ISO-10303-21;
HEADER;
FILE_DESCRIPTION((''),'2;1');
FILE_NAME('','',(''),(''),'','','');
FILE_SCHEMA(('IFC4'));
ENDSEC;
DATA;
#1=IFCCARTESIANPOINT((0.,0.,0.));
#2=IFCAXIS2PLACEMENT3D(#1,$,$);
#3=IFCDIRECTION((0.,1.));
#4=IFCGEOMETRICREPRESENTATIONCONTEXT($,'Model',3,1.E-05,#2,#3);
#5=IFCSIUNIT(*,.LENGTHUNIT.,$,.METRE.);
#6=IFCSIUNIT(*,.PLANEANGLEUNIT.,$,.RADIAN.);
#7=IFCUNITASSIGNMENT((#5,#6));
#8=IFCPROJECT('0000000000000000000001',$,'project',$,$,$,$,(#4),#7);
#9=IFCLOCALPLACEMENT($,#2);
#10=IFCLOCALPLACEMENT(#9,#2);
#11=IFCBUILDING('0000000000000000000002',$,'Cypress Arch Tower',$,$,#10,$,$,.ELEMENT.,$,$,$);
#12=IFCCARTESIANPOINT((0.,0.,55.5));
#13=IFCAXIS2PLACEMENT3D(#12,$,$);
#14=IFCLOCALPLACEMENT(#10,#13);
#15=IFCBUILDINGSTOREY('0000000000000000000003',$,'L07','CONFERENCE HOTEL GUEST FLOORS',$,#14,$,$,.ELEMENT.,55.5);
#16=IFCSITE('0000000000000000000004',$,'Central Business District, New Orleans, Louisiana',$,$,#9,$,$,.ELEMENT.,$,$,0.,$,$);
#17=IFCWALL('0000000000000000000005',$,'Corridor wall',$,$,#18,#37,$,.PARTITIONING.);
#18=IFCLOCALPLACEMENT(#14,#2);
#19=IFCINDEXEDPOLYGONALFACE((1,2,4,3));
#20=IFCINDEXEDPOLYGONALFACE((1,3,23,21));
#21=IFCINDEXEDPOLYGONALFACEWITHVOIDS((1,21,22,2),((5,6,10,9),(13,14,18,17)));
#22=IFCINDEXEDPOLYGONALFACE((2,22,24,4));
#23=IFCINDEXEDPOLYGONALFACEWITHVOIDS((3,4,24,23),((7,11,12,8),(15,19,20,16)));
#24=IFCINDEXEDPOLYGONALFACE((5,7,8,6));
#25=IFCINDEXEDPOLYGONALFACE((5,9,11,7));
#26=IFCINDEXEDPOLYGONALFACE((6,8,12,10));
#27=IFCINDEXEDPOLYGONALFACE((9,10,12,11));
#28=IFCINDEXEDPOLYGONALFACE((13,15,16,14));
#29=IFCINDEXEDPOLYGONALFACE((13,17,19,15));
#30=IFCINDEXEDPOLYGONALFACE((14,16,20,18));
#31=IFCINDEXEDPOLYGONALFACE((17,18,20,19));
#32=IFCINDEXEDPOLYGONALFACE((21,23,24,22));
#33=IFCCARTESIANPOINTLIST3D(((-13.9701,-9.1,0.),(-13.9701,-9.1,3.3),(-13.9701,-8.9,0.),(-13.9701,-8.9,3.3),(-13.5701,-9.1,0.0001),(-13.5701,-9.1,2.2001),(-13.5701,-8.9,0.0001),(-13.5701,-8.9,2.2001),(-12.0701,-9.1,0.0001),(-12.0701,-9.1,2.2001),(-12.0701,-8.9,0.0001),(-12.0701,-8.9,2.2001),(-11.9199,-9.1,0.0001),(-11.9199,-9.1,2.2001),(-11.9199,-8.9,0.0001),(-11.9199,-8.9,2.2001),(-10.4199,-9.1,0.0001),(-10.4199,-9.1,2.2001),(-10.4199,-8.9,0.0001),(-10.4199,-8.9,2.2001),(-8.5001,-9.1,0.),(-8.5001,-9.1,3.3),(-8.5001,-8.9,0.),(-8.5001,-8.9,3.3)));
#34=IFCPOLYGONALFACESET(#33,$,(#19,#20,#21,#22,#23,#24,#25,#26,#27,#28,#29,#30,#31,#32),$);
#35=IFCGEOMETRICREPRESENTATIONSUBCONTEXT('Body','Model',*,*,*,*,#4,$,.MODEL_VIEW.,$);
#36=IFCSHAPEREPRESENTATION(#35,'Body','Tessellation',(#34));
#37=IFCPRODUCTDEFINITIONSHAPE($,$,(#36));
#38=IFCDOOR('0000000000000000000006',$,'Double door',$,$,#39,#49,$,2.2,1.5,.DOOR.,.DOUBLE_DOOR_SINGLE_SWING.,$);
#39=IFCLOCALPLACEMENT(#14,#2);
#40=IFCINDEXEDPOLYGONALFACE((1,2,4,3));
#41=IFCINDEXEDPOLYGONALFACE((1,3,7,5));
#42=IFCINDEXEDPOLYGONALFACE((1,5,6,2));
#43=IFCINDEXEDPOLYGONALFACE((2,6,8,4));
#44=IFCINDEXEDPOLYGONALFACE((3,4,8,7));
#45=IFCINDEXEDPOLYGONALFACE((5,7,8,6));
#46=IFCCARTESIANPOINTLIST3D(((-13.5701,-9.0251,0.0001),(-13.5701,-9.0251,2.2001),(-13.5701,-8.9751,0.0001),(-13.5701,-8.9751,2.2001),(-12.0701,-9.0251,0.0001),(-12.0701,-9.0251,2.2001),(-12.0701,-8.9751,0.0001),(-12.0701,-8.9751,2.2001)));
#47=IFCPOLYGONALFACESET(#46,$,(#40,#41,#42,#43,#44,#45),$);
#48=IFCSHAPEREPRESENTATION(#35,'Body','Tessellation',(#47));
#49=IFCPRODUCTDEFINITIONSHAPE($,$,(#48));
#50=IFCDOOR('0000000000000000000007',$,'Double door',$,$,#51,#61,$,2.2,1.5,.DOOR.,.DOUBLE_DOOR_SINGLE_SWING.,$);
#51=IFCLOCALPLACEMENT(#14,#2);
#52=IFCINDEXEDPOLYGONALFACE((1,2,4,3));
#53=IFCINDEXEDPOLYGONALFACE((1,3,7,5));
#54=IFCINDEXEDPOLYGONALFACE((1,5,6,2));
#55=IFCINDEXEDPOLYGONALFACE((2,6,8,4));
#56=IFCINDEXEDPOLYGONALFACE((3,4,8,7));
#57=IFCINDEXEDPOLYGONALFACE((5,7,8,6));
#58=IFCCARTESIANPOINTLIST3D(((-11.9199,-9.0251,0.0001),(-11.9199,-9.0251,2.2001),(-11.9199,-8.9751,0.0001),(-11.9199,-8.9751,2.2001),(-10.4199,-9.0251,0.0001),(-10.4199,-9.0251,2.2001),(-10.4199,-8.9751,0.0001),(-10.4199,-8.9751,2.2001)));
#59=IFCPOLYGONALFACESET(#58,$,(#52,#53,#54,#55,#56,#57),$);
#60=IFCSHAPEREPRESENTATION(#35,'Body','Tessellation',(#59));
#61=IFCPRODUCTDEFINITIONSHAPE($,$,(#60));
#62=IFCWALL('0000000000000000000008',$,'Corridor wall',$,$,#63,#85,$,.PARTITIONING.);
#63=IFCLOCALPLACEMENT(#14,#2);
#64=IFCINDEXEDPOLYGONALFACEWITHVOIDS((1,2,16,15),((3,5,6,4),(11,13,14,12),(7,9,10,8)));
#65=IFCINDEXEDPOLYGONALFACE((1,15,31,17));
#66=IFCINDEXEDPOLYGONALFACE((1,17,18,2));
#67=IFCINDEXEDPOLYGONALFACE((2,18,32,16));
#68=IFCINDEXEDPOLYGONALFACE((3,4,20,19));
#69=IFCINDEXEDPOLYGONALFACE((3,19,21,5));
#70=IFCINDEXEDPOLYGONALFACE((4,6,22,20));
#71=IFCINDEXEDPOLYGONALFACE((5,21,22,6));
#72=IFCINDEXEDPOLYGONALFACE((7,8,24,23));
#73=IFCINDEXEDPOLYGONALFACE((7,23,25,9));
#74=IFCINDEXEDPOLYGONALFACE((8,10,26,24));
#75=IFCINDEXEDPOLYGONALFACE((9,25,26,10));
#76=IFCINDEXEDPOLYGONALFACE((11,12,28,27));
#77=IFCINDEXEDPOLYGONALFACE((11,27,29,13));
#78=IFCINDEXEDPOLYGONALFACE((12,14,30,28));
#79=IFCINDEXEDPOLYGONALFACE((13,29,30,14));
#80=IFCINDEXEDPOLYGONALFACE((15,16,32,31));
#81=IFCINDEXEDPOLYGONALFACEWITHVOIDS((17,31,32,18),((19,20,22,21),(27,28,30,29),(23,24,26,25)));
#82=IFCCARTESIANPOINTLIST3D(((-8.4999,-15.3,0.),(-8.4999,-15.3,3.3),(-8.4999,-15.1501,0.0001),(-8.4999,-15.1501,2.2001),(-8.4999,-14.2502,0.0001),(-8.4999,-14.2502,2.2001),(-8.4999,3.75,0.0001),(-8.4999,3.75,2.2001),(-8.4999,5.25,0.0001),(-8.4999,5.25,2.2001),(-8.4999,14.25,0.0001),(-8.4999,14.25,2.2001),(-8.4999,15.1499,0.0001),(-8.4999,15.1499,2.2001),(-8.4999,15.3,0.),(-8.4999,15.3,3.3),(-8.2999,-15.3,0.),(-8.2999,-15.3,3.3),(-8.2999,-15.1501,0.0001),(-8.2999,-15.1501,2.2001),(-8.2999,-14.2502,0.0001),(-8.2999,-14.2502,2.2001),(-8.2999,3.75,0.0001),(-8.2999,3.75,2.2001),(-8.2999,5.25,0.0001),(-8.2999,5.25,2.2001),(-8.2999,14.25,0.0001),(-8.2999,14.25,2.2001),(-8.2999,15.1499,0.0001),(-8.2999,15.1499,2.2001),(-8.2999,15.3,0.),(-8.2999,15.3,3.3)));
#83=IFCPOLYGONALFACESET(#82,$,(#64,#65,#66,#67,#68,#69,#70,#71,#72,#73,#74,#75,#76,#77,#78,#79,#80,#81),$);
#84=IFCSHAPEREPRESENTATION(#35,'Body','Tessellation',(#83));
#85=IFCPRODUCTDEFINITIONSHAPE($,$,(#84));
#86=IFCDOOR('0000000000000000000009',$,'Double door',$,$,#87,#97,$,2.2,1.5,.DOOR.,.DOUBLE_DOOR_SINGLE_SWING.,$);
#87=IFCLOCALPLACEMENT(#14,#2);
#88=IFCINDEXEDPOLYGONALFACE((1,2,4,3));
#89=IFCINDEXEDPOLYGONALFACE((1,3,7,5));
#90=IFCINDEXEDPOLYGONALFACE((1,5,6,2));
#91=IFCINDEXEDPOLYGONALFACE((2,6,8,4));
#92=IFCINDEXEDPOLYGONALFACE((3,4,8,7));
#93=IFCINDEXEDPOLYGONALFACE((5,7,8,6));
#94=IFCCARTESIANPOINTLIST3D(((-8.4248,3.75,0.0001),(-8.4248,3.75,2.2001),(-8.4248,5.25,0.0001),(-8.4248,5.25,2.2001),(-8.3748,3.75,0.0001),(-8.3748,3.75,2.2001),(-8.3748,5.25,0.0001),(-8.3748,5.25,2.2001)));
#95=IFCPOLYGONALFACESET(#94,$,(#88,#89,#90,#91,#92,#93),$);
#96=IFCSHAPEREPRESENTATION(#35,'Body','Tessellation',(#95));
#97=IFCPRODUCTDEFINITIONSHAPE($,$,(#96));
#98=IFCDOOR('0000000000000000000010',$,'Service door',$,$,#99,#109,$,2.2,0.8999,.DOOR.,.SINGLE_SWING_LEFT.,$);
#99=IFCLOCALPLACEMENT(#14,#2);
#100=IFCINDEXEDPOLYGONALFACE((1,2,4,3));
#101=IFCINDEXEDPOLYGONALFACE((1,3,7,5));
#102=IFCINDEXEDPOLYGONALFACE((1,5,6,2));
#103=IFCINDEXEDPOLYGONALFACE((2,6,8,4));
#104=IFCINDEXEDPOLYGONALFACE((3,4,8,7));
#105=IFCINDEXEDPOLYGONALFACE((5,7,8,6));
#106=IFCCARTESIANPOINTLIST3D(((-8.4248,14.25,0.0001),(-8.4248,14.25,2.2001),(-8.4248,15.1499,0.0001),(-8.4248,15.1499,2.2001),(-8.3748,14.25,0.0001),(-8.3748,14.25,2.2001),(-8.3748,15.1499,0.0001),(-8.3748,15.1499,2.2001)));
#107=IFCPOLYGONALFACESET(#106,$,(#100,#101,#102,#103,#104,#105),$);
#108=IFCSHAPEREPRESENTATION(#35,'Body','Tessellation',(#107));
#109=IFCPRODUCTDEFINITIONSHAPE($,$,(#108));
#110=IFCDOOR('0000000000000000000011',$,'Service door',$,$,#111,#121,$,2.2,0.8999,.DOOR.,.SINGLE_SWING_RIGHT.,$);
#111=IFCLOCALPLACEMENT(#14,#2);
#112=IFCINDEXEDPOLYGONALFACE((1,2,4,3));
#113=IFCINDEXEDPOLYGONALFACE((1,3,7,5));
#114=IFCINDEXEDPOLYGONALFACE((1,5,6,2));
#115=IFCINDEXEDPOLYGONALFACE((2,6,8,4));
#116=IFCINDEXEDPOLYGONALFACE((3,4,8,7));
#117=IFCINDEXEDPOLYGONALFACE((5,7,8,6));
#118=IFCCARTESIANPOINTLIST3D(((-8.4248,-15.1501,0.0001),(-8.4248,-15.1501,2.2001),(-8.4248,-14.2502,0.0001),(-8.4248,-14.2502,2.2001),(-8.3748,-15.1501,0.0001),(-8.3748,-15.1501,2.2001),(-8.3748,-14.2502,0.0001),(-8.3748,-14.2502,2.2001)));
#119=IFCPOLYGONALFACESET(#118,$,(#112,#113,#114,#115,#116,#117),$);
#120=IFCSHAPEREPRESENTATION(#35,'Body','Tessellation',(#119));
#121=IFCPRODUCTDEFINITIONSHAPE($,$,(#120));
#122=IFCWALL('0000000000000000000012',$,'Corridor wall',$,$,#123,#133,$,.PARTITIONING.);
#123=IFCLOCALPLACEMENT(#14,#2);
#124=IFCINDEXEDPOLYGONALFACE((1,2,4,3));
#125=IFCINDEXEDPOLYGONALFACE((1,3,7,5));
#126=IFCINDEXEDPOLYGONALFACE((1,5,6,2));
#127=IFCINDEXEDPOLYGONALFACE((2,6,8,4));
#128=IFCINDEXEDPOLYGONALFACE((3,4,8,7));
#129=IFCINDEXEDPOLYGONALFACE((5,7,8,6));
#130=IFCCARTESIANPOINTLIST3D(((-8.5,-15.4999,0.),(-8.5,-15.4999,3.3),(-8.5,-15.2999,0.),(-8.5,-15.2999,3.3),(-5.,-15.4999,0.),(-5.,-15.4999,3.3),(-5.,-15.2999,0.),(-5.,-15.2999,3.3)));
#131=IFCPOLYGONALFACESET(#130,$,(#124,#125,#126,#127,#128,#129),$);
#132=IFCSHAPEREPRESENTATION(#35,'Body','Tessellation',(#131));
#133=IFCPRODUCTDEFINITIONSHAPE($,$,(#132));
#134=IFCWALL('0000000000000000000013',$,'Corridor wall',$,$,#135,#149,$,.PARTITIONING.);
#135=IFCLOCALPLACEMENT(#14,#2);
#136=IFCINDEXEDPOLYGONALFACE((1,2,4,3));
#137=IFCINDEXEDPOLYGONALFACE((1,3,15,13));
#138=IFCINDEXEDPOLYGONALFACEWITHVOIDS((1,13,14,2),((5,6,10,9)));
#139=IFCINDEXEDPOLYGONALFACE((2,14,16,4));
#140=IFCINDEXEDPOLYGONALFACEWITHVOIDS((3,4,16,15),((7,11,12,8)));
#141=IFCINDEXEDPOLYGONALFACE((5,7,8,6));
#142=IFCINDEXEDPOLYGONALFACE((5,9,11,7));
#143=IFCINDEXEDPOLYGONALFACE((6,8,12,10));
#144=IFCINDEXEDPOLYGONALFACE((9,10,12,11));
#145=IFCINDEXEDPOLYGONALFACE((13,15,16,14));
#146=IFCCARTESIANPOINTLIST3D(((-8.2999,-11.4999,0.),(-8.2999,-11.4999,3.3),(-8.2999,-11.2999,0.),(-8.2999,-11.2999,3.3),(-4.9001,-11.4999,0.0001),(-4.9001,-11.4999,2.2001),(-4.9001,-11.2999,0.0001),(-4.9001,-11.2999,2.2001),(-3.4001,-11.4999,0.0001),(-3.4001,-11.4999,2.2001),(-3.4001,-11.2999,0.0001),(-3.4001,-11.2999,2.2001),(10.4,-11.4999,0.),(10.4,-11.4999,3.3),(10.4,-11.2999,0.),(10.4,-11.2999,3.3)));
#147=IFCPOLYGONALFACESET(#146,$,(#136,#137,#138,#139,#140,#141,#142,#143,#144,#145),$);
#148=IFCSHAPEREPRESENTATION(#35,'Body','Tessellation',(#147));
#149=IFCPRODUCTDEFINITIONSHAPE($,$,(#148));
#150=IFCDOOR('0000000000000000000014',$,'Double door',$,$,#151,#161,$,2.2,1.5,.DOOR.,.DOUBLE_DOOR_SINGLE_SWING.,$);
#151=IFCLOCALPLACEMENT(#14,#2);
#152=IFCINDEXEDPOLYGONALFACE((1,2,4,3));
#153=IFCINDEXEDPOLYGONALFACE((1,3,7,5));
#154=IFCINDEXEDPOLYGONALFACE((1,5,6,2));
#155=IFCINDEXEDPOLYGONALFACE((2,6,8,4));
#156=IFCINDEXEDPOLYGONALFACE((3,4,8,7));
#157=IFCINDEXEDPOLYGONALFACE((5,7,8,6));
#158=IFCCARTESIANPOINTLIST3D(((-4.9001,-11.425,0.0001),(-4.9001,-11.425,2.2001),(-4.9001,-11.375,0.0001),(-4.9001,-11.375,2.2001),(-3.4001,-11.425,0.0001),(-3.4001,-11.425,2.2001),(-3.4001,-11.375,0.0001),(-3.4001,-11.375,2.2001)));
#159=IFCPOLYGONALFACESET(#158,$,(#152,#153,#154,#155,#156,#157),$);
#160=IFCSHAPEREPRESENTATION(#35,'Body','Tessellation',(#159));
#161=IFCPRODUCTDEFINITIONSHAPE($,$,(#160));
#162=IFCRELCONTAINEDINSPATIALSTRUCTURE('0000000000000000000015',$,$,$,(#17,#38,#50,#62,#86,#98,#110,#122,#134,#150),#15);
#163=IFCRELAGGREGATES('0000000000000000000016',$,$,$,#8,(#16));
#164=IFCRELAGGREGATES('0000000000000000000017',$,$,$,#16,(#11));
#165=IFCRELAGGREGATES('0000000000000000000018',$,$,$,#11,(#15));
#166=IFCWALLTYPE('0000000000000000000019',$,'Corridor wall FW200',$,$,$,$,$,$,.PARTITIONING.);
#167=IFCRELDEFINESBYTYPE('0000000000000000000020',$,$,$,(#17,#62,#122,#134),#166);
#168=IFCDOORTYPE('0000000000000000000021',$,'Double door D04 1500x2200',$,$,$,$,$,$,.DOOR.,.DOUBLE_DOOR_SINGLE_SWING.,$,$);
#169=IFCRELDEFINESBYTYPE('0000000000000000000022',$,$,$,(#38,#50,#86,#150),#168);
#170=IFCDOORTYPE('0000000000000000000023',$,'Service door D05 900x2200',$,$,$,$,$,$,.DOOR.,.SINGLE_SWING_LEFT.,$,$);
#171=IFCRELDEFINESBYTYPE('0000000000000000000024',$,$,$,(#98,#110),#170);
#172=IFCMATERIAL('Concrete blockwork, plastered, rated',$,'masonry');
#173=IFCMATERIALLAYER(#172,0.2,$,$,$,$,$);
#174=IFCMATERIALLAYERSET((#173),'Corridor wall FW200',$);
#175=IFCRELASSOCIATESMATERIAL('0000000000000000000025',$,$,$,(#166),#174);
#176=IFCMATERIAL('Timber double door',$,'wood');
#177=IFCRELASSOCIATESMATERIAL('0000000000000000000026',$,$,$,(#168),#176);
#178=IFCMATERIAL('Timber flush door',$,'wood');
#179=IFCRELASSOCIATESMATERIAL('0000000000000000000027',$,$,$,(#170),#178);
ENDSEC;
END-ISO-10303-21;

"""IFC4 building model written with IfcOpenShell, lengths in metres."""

from ifc_helpers import new_model, si_unit, direction, frame, frame_2d, origin, place, context, subcontext, project, spatial, rectangle, extrude, material, layer, layer_set, type_object, element, fill, save


model = new_model("IFC4")

# Units and contexts
model_context = context("Model", 3, precision=1e-05, world=origin(), true_north=direction((0.0, 1.0)))
body_context = subcontext(model_context, "Body", "Model", "MODEL_VIEW")
ifc_project = project(units=[si_unit("LENGTHUNIT", "METRE"), si_unit("PLANEANGLEUNIT", "RADIAN")], contexts=[model_context])

# Site, building, storey
site_placement = place(None, origin())
site = spatial("IfcSite", under=ifc_project, at=site_placement, Name="Central Business District, New Orleans, Louisiana", CompositionType="ELEMENT", RefElevation=0.0)
building_placement = place(site_placement, origin())
building = spatial("IfcBuilding", under=site, at=building_placement, Name="Cypress Arch Tower", CompositionType="ELEMENT")
storey_placement = place(building_placement, frame((0.0, 0.0, 55.5)))
storey = spatial("IfcBuildingStorey", under=building, at=storey_placement, Name="L07", Description="CONFERENCE HOTEL GUEST FLOORS", CompositionType="ELEMENT", Elevation=55.5)

# Walls, openings, doors
ifc_material_1 = material(Name="Concrete blockwork, plastered, rated", Category="masonry")
ifc_layer_1 = layer(ifc_material_1, 0.2)
ifc_layer_set_1 = layer_set([ifc_layer_1], Name="Corridor wall FW200")
wall_type_1 = type_object("IfcWallType", Name="Corridor wall FW200", PredefinedType="PARTITIONING", material=ifc_layer_set_1)
wall_1_placement = place(storey_placement, frame((-13.97, -9.0, 0.0), z_axis=(0.0, 0.0, 1.0), x_axis=(1.0, 0.0, 0.0)))
wall_1 = element("IfcWall", 1, at=wall_1_placement, inside=storey, type_object=wall_type_1, Name="Corridor wall", PredefinedType="PARTITIONING", context=body_context, shape_type="SweptSolid", body=[
    extrude(rectangle(XDim=5.47, YDim=0.2, at=frame_2d((2.7349, 0.0))), origin(), (0.0, 0.0, 1.0), 3.3),
])
opening_1_placement = place(wall_1_placement, frame((0.3999, 0.0, 0.0)))
opening_1 = element("IfcOpeningElement", 2, at=opening_1_placement, cuts=wall_1, PredefinedType="OPENING", context=body_context, shape_type="SweptSolid", body=[
    extrude(rectangle(XDim=1.5, YDim=2.2, at=frame_2d((0.75, 1.1001))), frame((0.0, 0.1099, 0.0), z_axis=(0.0, -1.0, 0.0), x_axis=(1.0, 0.0, 0.0)), (0.0, 0.0, 1.0), 0.22),
])
opening_2_placement = place(wall_1_placement, frame((2.05, 0.0, 0.0)))
opening_2 = element("IfcOpeningElement", 3, at=opening_2_placement, cuts=wall_1, PredefinedType="OPENING", context=body_context, shape_type="SweptSolid", body=[
    extrude(rectangle(XDim=1.5, YDim=2.2, at=frame_2d((0.75, 1.1001))), frame((0.0, 0.1099, 0.0), z_axis=(0.0, -1.0, 0.0), x_axis=(1.0, 0.0, 0.0)), (0.0, 0.0, 1.0), 0.22),
])
ifc_material_2 = material(Name="Timber double door", Category="wood")
door_type_1 = type_object("IfcDoorType", Name="Double door D04 1500x2200", OperationType="DOUBLE_DOOR_SINGLE_SWING", PredefinedType="DOOR", material=ifc_material_2)
door_1_placement = place(opening_1_placement, origin())
door_1 = element("IfcDoor", 4, at=door_1_placement, inside=storey, type_object=door_type_1, Name="Double door", OperationType="DOUBLE_DOOR_SINGLE_SWING", OverallHeight=2.2, OverallWidth=1.5, PredefinedType="DOOR", context=body_context, shape_type="SweptSolid", body=[
    extrude(rectangle(XDim=1.5, YDim=2.2, at=frame_2d((0.75, 1.1001))), frame((0.0, 0.0249, 0.0), z_axis=(0.0, -1.0, 0.0), x_axis=(1.0, 0.0, 0.0)), (0.0, 0.0, 1.0), 0.05),
])
fill(opening_1, door_1)
door_2_placement = place(opening_2_placement, origin())
door_2 = element("IfcDoor", 5, at=door_2_placement, inside=storey, type_object=door_type_1, Name="Double door", OperationType="DOUBLE_DOOR_SINGLE_SWING", OverallHeight=2.2, OverallWidth=1.5, PredefinedType="DOOR", context=body_context, shape_type="SweptSolid", body=[
    extrude(rectangle(XDim=1.5, YDim=2.2, at=frame_2d((0.75, 1.1001))), frame((0.0, 0.0249, 0.0), z_axis=(0.0, -1.0, 0.0), x_axis=(1.0, 0.0, 0.0)), (0.0, 0.0, 1.0), 0.05),
])
fill(opening_2, door_2)
wall_2_placement = place(storey_placement, frame((-8.3999, -15.3, 0.0), z_axis=(0.0, 0.0, 1.0), x_axis=(0.0, 1.0, 0.0)))
wall_2 = element("IfcWall", 6, at=wall_2_placement, inside=storey, type_object=wall_type_1, Name="Corridor wall", PredefinedType="PARTITIONING", context=body_context, shape_type="SweptSolid", body=[
    extrude(rectangle(XDim=30.6001, YDim=0.2, at=frame_2d((15.3, 0.0))), origin(), (0.0, 0.0, 1.0), 3.3),
])
opening_3_placement = place(wall_2_placement, frame((19.05, 0.0, 0.0)))
opening_3 = element("IfcOpeningElement", 7, at=opening_3_placement, cuts=wall_2, PredefinedType="OPENING", context=body_context, shape_type="SweptSolid", body=[
    extrude(rectangle(XDim=1.5, YDim=2.2, at=frame_2d((0.75, 1.1001))), frame((0.0, 0.1099, 0.0), z_axis=(0.0, -1.0, 0.0), x_axis=(1.0, 0.0, 0.0)), (0.0, 0.0, 1.0), 0.22),
])
opening_4_placement = place(wall_2_placement, frame((29.55, 0.0, 0.0)))
opening_4 = element("IfcOpeningElement", 8, at=opening_4_placement, cuts=wall_2, PredefinedType="OPENING", context=body_context, shape_type="SweptSolid", body=[
    extrude(rectangle(XDim=0.8999, YDim=2.2, at=frame_2d((0.45, 1.1001))), frame((0.0, 0.1099, 0.0), z_axis=(0.0, -1.0, 0.0), x_axis=(1.0, 0.0, 0.0)), (0.0, 0.0, 1.0), 0.22),
])
opening_5_placement = place(wall_2_placement, frame((0.1499, 0.0, 0.0)))
opening_5 = element("IfcOpeningElement", 9, at=opening_5_placement, cuts=wall_2, PredefinedType="OPENING", context=body_context, shape_type="SweptSolid", body=[
    extrude(rectangle(XDim=0.8999, YDim=2.2, at=frame_2d((0.45, 1.1001))), frame((0.0, 0.1099, 0.0), z_axis=(0.0, -1.0, 0.0), x_axis=(1.0, 0.0, 0.0)), (0.0, 0.0, 1.0), 0.22),
])
door_3_placement = place(opening_3_placement, origin())
door_3 = element("IfcDoor", 10, at=door_3_placement, inside=storey, type_object=door_type_1, Name="Double door", OperationType="DOUBLE_DOOR_SINGLE_SWING", OverallHeight=2.2, OverallWidth=1.5, PredefinedType="DOOR", context=body_context, shape_type="SweptSolid", body=[
    extrude(rectangle(XDim=1.5, YDim=2.2, at=frame_2d((0.75, 1.1001))), frame((0.0, 0.0249, 0.0), z_axis=(0.0, -1.0, 0.0), x_axis=(1.0, 0.0, 0.0)), (0.0, 0.0, 1.0), 0.05),
])
fill(opening_3, door_3)
ifc_material_3 = material(Name="Timber flush door", Category="wood")
door_type_2 = type_object("IfcDoorType", Name="Service door D05 900x2200", OperationType="SINGLE_SWING_LEFT", PredefinedType="DOOR", material=ifc_material_3)
door_4_placement = place(opening_4_placement, origin())
door_4 = element("IfcDoor", 11, at=door_4_placement, inside=storey, type_object=door_type_2, Name="Service door", OperationType="SINGLE_SWING_LEFT", OverallHeight=2.2, OverallWidth=0.8999, PredefinedType="DOOR", context=body_context, shape_type="SweptSolid", body=[
    extrude(rectangle(XDim=0.8999, YDim=2.2, at=frame_2d((0.45, 1.1001))), frame((0.0, 0.0249, 0.0), z_axis=(0.0, -1.0, 0.0), x_axis=(1.0, 0.0, 0.0)), (0.0, 0.0, 1.0), 0.05),
])
fill(opening_4, door_4)
door_5_placement = place(opening_5_placement, origin())
door_5 = element("IfcDoor", 12, at=door_5_placement, inside=storey, type_object=door_type_2, Name="Service door", OperationType="SINGLE_SWING_RIGHT", OverallHeight=2.2, OverallWidth=0.8999, PredefinedType="DOOR", context=body_context, shape_type="SweptSolid", body=[
    extrude(rectangle(XDim=0.8999, YDim=2.2, at=frame_2d((0.45, 1.1001))), frame((0.0, 0.0249, 0.0), z_axis=(0.0, -1.0, 0.0), x_axis=(1.0, 0.0, 0.0)), (0.0, 0.0, 1.0), 0.05),
])
fill(opening_5, door_5)

# Wall
wall_3_placement = place(storey_placement, frame((-8.5, -15.3999, 0.0), z_axis=(0.0, 0.0, 1.0), x_axis=(1.0, 0.0, 0.0)))
element("IfcWall", 13, at=wall_3_placement, inside=storey, type_object=wall_type_1, Name="Corridor wall", PredefinedType="PARTITIONING", context=body_context, shape_type="SweptSolid", body=[
    extrude(rectangle(XDim=3.5, YDim=0.2, at=frame_2d((1.75, 0.0))), origin(), (0.0, 0.0, 1.0), 3.3),
])

# Wall, opening, door
wall_4_placement = place(storey_placement, frame((-8.3, -11.3999, 0.0), z_axis=(0.0, 0.0, 1.0), x_axis=(1.0, 0.0, 0.0)))
wall_4 = element("IfcWall", 14, at=wall_4_placement, inside=storey, type_object=wall_type_1, Name="Corridor wall", PredefinedType="PARTITIONING", context=body_context, shape_type="SweptSolid", body=[
    extrude(rectangle(XDim=18.7, YDim=0.2, at=frame_2d((9.3501, 0.0))), origin(), (0.0, 0.0, 1.0), 3.3),
])
opening_6_placement = place(wall_4_placement, frame((3.3999, 0.0, 0.0)))
opening_6 = element("IfcOpeningElement", 15, at=opening_6_placement, cuts=wall_4, PredefinedType="OPENING", context=body_context, shape_type="SweptSolid", body=[
    extrude(rectangle(XDim=1.5, YDim=2.2, at=frame_2d((0.75, 1.1001))), frame((0.0, 0.1099, 0.0), z_axis=(0.0, -1.0, 0.0), x_axis=(1.0, 0.0, 0.0)), (0.0, 0.0, 1.0), 0.22),
])
door_6_placement = place(opening_6_placement, origin())
door_6 = element("IfcDoor", 16, at=door_6_placement, inside=storey, type_object=door_type_1, Name="Double door", OperationType="DOUBLE_DOOR_SINGLE_SWING", OverallHeight=2.2, OverallWidth=1.5, PredefinedType="DOOR", context=body_context, shape_type="SweptSolid", body=[
    extrude(rectangle(XDim=1.5, YDim=2.2, at=frame_2d((0.75, 1.1001))), frame((0.0, 0.0249, 0.0), z_axis=(0.0, -1.0, 0.0), x_axis=(1.0, 0.0, 0.0)), (0.0, 0.0, 1.0), 0.05),
])
fill(opening_6, door_6)

save(model, "model.ifc")
